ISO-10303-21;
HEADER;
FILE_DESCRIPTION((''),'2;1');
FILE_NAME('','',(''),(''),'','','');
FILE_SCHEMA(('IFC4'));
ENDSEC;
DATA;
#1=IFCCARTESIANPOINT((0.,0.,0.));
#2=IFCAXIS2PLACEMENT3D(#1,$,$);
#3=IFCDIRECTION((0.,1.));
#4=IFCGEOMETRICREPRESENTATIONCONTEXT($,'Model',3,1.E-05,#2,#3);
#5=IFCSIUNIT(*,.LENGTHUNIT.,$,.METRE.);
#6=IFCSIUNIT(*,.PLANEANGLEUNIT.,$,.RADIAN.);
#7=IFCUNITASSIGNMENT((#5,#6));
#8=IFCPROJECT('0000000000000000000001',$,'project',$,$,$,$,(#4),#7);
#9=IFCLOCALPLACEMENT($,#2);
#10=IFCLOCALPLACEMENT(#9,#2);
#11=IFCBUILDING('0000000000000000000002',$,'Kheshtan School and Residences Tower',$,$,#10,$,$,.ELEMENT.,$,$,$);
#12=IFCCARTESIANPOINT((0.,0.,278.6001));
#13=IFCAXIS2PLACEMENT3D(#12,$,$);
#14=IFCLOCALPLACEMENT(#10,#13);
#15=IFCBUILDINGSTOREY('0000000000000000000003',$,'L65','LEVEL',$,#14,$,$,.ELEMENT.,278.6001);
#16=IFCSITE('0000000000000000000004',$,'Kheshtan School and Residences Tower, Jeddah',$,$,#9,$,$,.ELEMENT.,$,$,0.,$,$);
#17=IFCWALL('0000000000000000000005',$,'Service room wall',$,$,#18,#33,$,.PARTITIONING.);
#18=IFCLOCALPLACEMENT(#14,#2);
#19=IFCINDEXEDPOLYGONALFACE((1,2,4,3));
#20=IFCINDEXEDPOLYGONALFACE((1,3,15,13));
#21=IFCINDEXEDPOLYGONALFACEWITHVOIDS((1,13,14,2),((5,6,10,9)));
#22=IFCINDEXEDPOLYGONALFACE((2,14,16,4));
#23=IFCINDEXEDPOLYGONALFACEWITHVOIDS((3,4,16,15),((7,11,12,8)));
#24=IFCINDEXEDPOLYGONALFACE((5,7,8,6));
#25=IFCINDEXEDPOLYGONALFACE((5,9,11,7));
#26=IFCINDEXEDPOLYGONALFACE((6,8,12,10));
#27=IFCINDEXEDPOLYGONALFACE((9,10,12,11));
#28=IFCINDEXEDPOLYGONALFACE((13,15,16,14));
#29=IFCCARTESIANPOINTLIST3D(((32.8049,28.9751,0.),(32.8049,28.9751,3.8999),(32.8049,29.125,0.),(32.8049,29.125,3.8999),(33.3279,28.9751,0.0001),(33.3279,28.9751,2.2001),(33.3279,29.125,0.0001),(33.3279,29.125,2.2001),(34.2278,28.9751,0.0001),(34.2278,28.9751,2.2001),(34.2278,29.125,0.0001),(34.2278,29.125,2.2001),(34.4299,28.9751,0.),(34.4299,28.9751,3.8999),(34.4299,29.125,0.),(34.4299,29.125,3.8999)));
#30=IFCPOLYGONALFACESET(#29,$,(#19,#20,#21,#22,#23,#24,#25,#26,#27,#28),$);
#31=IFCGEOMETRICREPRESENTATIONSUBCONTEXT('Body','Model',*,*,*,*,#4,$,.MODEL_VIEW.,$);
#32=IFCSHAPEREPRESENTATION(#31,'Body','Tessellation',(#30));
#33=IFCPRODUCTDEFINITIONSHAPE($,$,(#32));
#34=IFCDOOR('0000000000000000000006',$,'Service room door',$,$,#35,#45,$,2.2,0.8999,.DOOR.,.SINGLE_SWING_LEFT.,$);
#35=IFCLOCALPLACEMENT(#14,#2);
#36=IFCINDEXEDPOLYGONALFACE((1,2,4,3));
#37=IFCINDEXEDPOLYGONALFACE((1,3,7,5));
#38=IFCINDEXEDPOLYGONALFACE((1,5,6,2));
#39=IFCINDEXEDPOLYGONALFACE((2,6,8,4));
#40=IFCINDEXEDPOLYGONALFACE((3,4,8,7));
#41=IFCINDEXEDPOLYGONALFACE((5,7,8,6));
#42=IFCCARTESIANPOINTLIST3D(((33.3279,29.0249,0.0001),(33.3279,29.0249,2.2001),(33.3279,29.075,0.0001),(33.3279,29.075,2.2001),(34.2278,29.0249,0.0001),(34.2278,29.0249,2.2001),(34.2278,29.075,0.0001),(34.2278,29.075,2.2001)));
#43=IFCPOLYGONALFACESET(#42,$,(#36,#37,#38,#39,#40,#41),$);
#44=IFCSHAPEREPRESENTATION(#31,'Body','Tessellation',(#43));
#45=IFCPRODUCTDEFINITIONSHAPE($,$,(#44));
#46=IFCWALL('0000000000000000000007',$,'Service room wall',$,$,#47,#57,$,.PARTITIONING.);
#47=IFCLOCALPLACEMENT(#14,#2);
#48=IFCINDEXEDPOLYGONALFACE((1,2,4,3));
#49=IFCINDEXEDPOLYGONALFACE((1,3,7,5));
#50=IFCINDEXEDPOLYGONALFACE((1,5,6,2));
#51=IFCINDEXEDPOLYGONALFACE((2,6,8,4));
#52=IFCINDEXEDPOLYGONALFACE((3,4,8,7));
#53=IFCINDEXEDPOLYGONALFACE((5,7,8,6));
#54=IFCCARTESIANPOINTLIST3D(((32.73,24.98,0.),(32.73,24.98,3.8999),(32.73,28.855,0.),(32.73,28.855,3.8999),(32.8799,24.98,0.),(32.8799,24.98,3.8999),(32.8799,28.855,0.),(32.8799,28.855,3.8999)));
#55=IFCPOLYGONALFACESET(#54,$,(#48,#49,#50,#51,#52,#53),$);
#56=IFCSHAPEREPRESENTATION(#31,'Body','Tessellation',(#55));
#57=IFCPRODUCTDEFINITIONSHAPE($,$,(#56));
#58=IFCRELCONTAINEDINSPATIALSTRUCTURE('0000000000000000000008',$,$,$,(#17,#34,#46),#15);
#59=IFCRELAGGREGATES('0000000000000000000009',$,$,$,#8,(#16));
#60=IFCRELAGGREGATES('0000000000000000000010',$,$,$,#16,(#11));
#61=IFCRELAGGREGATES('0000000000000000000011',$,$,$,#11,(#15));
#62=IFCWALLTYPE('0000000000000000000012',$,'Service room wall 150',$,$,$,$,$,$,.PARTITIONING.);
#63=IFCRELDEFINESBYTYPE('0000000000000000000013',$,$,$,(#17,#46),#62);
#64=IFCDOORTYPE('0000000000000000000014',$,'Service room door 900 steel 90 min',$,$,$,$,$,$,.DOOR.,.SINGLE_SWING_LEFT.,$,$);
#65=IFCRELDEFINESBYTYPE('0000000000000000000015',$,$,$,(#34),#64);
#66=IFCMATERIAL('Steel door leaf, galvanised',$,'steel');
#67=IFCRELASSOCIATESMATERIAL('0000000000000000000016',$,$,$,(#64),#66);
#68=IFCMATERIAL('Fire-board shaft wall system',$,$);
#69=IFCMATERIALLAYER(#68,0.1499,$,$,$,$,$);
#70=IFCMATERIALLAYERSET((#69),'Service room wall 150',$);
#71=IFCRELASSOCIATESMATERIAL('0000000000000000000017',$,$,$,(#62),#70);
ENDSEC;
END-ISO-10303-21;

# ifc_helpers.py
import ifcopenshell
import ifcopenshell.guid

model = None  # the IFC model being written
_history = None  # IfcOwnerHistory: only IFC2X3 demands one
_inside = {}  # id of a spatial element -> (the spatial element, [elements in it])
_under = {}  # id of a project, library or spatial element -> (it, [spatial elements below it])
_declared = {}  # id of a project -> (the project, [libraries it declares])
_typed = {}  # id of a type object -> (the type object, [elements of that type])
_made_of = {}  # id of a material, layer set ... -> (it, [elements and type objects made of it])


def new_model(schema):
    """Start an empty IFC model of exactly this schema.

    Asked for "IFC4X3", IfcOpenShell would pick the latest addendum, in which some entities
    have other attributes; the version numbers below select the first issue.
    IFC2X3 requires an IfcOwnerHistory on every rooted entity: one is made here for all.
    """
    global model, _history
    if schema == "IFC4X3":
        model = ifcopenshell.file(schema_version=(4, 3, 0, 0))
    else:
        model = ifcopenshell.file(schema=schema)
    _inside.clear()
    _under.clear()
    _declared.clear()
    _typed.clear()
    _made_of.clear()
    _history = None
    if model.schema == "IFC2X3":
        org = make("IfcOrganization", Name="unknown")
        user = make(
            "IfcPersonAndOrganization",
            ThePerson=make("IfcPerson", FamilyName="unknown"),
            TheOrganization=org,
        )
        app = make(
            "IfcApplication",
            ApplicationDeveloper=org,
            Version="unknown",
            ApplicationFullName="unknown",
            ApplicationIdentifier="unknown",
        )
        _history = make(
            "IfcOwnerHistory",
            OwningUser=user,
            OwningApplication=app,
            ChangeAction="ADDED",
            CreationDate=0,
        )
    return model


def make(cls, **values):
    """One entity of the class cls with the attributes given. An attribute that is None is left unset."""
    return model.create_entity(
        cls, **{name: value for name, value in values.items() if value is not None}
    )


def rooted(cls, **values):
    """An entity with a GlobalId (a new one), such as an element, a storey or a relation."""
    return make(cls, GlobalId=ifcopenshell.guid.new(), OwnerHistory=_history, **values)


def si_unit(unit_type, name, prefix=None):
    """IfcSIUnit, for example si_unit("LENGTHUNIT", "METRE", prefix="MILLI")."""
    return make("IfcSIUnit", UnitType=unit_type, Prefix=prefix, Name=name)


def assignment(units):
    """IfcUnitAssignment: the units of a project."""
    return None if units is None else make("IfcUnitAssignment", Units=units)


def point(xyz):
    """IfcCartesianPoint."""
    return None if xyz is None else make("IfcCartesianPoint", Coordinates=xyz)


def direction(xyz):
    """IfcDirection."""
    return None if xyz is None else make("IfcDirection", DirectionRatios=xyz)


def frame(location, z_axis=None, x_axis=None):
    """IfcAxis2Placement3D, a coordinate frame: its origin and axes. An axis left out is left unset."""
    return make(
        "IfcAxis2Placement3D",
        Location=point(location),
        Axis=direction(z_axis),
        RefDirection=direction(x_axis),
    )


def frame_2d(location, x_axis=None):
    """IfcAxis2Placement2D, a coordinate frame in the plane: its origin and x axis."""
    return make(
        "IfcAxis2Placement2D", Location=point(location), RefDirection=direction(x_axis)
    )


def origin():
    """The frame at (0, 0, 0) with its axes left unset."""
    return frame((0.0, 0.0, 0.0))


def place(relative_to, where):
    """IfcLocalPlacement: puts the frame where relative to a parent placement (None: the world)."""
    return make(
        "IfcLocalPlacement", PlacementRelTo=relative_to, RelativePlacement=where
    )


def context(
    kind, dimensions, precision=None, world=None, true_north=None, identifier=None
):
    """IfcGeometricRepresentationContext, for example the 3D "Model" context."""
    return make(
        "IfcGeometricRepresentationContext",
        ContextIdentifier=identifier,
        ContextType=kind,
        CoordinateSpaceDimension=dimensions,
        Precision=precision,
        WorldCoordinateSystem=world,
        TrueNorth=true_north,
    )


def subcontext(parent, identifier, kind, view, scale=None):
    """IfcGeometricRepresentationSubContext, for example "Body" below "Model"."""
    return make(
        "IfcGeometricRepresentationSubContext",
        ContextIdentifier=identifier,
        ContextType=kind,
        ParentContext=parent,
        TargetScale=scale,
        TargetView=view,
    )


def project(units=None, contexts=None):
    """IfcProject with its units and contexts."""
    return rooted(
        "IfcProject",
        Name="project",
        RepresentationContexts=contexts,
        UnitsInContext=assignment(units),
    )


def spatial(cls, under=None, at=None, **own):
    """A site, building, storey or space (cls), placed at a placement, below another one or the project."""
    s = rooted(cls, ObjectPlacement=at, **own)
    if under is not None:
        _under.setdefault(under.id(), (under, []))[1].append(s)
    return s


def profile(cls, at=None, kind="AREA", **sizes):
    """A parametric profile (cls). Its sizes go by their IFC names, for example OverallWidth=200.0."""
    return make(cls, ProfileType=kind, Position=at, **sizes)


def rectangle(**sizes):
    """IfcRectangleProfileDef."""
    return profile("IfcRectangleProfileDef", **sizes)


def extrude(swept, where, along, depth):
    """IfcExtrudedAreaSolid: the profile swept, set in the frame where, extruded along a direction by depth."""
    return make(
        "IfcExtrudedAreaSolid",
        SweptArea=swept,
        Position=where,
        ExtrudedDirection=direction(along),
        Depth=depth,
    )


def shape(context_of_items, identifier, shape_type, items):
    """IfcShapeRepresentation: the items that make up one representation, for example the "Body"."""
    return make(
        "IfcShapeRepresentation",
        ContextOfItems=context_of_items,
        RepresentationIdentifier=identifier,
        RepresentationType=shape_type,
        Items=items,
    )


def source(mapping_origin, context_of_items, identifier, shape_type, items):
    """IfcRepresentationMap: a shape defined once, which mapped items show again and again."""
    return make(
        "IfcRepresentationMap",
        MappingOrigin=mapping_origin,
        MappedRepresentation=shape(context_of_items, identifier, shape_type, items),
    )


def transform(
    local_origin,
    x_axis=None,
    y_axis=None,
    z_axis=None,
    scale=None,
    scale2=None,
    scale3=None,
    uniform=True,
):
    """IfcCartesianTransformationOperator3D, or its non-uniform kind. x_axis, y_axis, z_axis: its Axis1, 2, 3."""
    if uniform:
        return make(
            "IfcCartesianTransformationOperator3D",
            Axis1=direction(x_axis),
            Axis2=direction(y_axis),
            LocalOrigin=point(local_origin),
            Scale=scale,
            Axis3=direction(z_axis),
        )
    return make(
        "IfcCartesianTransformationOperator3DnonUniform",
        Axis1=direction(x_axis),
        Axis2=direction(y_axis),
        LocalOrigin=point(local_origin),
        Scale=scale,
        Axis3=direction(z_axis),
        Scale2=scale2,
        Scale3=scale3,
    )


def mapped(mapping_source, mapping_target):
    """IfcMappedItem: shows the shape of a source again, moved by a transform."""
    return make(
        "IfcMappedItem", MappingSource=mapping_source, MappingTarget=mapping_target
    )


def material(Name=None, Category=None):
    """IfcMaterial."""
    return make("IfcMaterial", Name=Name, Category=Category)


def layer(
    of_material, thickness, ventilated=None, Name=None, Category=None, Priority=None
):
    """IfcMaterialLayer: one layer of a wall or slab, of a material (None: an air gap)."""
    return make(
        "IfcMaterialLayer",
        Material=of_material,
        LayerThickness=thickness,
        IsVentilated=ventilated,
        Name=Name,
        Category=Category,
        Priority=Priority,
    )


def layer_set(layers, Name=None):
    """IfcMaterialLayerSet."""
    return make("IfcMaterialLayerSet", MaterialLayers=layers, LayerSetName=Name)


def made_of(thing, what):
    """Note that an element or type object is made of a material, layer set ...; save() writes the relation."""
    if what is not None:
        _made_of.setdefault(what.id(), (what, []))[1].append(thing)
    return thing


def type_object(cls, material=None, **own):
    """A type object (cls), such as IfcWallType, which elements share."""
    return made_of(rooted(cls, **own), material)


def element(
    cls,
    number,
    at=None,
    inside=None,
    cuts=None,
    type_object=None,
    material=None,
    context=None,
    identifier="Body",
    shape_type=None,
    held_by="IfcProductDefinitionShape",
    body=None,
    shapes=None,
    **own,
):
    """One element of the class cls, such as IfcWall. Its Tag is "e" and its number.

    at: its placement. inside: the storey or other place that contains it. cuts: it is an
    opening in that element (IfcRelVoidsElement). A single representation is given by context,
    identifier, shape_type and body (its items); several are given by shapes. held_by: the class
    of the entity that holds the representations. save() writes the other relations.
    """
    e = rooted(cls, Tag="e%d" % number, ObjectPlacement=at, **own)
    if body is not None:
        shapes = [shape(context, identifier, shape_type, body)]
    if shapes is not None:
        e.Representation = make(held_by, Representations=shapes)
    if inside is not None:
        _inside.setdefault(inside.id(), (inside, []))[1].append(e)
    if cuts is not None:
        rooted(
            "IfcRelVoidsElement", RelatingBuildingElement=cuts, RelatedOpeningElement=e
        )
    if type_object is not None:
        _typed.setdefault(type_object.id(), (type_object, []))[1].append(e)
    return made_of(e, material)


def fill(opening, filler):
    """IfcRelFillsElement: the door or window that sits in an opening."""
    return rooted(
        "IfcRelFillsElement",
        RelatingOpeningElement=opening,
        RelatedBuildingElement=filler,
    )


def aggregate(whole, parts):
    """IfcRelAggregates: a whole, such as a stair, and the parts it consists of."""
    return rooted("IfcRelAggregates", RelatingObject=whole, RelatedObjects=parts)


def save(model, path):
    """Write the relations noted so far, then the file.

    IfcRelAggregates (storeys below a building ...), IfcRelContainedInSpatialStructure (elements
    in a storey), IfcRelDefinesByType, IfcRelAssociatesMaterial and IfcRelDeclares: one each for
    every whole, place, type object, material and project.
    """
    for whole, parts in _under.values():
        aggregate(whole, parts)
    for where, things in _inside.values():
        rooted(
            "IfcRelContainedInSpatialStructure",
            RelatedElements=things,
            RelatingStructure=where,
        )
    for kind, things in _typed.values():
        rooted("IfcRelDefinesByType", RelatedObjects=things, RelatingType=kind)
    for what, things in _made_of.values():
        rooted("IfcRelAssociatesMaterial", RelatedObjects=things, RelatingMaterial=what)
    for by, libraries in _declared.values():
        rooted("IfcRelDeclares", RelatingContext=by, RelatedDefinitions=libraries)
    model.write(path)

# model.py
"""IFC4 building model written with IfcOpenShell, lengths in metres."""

from ifc_helpers import new_model, si_unit, direction, frame, frame_2d, origin, place, context, subcontext, project, spatial, rectangle, extrude, source, transform, mapped, material, layer, layer_set, type_object, element, fill, save


model = new_model("IFC4")

# Units and contexts
model_context = context("Model", 3, precision=1e-05, world=origin(), true_north=direction((0.0, 1.0)))
body_context = subcontext(model_context, "Body", "Model", "MODEL_VIEW")
ifc_project = project(units=[si_unit("LENGTHUNIT", "METRE"), si_unit("PLANEANGLEUNIT", "RADIAN")], contexts=[model_context])

# Site, building, storey
site_placement = place(None, origin())
site = spatial("IfcSite", under=ifc_project, at=site_placement, Name="Kheshtan School and Residences Tower, Jeddah", CompositionType="ELEMENT", RefElevation=0.0)
building_placement = place(site_placement, origin())
building = spatial("IfcBuilding", under=site, at=building_placement, Name="Kheshtan School and Residences Tower", CompositionType="ELEMENT")
storey_placement = place(building_placement, frame((0.0, 0.0, 278.6001)))
storey = spatial("IfcBuildingStorey", under=building, at=storey_placement, Name="L65", Description="LEVEL", CompositionType="ELEMENT", Elevation=278.6001)

# Shared definitions
ifc_material_1 = material(Name="Steel door leaf, galvanised", Category="steel")
door_type_1 = type_object("IfcDoorType", Name="Service room door 900 steel 90 min", OperationType="SINGLE_SWING_LEFT", PredefinedType="DOOR", material=ifc_material_1)
shared_shape_1 = source(origin(), body_context, "Body", "SweptSolid", [
    extrude(rectangle(XDim=0.8999, YDim=2.2, at=frame_2d((0.45, 1.1001))), frame((0.0, 0.0249, 0.0), z_axis=(0.0, -1.0, 0.0), x_axis=(1.0, 0.0, 0.0)), (0.0, 0.0, 1.0), 0.05),
])

# Shared definitions
ifc_material_2 = material(Name="Fire-board shaft wall system")
ifc_layer_1 = layer(ifc_material_2, 0.1499)
ifc_layer_set_1 = layer_set([ifc_layer_1], Name="Service room wall 150")
wall_type_1 = type_object("IfcWallType", Name="Service room wall 150", PredefinedType="PARTITIONING", material=ifc_layer_set_1)

# Wall, opening, door
wall_1_placement = place(storey_placement, frame((32.8049, 29.05, 0.0), z_axis=(0.0, 0.0, 1.0), x_axis=(1.0, 0.0, 0.0)))
wall_1 = element("IfcWall", 1, at=wall_1_placement, inside=storey, type_object=wall_type_1, Name="Service room wall", PredefinedType="PARTITIONING", context=body_context, shape_type="SweptSolid", body=[
    extrude(rectangle(XDim=1.625, YDim=0.1499, at=frame_2d((0.8125, 0.0))), origin(), (0.0, 0.0, 1.0), 3.8999),
])
opening_1_placement = place(wall_1_placement, frame((0.5229, 0.0, 0.0)))
opening_1 = element("IfcOpeningElement", 2, at=opening_1_placement, cuts=wall_1, PredefinedType="OPENING", context=body_context, shape_type="SweptSolid", body=[
    extrude(rectangle(XDim=0.8999, YDim=2.2, at=frame_2d((0.45, 1.1001))), frame((0.0, 0.085, 0.0), z_axis=(0.0, -1.0, 0.0), x_axis=(1.0, 0.0, 0.0)), (0.0, 0.0, 1.0), 0.1699),
])
door_1_placement = place(opening_1_placement, origin())
door_1 = element("IfcDoor", 3, at=door_1_placement, inside=storey, type_object=door_type_1, Name="Service room door", OperationType="SINGLE_SWING_LEFT", OverallHeight=2.2, OverallWidth=0.8999, PredefinedType="DOOR", context=body_context, shape_type="MappedRepresentation", body=[
    mapped(shared_shape_1, transform((0.0, 0.0, 0.0), x_axis=(1.0, 0.0, 0.0), y_axis=(0.0, 1.0, 0.0), z_axis=(0.0, 0.0, 1.0), scale=1.0)),
])
fill(opening_1, door_1)

# Wall
wall_2_placement = place(storey_placement, frame((32.8049, 24.98, 0.0), z_axis=(0.0, 0.0, 1.0), x_axis=(0.0, 1.0, 0.0)))
element("IfcWall", 4, at=wall_2_placement, inside=storey, type_object=wall_type_1, Name="Service room wall", PredefinedType="PARTITIONING", context=body_context, shape_type="SweptSolid", body=[
    extrude(rectangle(XDim=3.875, YDim=0.1499, at=frame_2d((1.9375, 0.0))), origin(), (0.0, 0.0, 1.0), 3.8999),
])

save(model, "model.ifc")
